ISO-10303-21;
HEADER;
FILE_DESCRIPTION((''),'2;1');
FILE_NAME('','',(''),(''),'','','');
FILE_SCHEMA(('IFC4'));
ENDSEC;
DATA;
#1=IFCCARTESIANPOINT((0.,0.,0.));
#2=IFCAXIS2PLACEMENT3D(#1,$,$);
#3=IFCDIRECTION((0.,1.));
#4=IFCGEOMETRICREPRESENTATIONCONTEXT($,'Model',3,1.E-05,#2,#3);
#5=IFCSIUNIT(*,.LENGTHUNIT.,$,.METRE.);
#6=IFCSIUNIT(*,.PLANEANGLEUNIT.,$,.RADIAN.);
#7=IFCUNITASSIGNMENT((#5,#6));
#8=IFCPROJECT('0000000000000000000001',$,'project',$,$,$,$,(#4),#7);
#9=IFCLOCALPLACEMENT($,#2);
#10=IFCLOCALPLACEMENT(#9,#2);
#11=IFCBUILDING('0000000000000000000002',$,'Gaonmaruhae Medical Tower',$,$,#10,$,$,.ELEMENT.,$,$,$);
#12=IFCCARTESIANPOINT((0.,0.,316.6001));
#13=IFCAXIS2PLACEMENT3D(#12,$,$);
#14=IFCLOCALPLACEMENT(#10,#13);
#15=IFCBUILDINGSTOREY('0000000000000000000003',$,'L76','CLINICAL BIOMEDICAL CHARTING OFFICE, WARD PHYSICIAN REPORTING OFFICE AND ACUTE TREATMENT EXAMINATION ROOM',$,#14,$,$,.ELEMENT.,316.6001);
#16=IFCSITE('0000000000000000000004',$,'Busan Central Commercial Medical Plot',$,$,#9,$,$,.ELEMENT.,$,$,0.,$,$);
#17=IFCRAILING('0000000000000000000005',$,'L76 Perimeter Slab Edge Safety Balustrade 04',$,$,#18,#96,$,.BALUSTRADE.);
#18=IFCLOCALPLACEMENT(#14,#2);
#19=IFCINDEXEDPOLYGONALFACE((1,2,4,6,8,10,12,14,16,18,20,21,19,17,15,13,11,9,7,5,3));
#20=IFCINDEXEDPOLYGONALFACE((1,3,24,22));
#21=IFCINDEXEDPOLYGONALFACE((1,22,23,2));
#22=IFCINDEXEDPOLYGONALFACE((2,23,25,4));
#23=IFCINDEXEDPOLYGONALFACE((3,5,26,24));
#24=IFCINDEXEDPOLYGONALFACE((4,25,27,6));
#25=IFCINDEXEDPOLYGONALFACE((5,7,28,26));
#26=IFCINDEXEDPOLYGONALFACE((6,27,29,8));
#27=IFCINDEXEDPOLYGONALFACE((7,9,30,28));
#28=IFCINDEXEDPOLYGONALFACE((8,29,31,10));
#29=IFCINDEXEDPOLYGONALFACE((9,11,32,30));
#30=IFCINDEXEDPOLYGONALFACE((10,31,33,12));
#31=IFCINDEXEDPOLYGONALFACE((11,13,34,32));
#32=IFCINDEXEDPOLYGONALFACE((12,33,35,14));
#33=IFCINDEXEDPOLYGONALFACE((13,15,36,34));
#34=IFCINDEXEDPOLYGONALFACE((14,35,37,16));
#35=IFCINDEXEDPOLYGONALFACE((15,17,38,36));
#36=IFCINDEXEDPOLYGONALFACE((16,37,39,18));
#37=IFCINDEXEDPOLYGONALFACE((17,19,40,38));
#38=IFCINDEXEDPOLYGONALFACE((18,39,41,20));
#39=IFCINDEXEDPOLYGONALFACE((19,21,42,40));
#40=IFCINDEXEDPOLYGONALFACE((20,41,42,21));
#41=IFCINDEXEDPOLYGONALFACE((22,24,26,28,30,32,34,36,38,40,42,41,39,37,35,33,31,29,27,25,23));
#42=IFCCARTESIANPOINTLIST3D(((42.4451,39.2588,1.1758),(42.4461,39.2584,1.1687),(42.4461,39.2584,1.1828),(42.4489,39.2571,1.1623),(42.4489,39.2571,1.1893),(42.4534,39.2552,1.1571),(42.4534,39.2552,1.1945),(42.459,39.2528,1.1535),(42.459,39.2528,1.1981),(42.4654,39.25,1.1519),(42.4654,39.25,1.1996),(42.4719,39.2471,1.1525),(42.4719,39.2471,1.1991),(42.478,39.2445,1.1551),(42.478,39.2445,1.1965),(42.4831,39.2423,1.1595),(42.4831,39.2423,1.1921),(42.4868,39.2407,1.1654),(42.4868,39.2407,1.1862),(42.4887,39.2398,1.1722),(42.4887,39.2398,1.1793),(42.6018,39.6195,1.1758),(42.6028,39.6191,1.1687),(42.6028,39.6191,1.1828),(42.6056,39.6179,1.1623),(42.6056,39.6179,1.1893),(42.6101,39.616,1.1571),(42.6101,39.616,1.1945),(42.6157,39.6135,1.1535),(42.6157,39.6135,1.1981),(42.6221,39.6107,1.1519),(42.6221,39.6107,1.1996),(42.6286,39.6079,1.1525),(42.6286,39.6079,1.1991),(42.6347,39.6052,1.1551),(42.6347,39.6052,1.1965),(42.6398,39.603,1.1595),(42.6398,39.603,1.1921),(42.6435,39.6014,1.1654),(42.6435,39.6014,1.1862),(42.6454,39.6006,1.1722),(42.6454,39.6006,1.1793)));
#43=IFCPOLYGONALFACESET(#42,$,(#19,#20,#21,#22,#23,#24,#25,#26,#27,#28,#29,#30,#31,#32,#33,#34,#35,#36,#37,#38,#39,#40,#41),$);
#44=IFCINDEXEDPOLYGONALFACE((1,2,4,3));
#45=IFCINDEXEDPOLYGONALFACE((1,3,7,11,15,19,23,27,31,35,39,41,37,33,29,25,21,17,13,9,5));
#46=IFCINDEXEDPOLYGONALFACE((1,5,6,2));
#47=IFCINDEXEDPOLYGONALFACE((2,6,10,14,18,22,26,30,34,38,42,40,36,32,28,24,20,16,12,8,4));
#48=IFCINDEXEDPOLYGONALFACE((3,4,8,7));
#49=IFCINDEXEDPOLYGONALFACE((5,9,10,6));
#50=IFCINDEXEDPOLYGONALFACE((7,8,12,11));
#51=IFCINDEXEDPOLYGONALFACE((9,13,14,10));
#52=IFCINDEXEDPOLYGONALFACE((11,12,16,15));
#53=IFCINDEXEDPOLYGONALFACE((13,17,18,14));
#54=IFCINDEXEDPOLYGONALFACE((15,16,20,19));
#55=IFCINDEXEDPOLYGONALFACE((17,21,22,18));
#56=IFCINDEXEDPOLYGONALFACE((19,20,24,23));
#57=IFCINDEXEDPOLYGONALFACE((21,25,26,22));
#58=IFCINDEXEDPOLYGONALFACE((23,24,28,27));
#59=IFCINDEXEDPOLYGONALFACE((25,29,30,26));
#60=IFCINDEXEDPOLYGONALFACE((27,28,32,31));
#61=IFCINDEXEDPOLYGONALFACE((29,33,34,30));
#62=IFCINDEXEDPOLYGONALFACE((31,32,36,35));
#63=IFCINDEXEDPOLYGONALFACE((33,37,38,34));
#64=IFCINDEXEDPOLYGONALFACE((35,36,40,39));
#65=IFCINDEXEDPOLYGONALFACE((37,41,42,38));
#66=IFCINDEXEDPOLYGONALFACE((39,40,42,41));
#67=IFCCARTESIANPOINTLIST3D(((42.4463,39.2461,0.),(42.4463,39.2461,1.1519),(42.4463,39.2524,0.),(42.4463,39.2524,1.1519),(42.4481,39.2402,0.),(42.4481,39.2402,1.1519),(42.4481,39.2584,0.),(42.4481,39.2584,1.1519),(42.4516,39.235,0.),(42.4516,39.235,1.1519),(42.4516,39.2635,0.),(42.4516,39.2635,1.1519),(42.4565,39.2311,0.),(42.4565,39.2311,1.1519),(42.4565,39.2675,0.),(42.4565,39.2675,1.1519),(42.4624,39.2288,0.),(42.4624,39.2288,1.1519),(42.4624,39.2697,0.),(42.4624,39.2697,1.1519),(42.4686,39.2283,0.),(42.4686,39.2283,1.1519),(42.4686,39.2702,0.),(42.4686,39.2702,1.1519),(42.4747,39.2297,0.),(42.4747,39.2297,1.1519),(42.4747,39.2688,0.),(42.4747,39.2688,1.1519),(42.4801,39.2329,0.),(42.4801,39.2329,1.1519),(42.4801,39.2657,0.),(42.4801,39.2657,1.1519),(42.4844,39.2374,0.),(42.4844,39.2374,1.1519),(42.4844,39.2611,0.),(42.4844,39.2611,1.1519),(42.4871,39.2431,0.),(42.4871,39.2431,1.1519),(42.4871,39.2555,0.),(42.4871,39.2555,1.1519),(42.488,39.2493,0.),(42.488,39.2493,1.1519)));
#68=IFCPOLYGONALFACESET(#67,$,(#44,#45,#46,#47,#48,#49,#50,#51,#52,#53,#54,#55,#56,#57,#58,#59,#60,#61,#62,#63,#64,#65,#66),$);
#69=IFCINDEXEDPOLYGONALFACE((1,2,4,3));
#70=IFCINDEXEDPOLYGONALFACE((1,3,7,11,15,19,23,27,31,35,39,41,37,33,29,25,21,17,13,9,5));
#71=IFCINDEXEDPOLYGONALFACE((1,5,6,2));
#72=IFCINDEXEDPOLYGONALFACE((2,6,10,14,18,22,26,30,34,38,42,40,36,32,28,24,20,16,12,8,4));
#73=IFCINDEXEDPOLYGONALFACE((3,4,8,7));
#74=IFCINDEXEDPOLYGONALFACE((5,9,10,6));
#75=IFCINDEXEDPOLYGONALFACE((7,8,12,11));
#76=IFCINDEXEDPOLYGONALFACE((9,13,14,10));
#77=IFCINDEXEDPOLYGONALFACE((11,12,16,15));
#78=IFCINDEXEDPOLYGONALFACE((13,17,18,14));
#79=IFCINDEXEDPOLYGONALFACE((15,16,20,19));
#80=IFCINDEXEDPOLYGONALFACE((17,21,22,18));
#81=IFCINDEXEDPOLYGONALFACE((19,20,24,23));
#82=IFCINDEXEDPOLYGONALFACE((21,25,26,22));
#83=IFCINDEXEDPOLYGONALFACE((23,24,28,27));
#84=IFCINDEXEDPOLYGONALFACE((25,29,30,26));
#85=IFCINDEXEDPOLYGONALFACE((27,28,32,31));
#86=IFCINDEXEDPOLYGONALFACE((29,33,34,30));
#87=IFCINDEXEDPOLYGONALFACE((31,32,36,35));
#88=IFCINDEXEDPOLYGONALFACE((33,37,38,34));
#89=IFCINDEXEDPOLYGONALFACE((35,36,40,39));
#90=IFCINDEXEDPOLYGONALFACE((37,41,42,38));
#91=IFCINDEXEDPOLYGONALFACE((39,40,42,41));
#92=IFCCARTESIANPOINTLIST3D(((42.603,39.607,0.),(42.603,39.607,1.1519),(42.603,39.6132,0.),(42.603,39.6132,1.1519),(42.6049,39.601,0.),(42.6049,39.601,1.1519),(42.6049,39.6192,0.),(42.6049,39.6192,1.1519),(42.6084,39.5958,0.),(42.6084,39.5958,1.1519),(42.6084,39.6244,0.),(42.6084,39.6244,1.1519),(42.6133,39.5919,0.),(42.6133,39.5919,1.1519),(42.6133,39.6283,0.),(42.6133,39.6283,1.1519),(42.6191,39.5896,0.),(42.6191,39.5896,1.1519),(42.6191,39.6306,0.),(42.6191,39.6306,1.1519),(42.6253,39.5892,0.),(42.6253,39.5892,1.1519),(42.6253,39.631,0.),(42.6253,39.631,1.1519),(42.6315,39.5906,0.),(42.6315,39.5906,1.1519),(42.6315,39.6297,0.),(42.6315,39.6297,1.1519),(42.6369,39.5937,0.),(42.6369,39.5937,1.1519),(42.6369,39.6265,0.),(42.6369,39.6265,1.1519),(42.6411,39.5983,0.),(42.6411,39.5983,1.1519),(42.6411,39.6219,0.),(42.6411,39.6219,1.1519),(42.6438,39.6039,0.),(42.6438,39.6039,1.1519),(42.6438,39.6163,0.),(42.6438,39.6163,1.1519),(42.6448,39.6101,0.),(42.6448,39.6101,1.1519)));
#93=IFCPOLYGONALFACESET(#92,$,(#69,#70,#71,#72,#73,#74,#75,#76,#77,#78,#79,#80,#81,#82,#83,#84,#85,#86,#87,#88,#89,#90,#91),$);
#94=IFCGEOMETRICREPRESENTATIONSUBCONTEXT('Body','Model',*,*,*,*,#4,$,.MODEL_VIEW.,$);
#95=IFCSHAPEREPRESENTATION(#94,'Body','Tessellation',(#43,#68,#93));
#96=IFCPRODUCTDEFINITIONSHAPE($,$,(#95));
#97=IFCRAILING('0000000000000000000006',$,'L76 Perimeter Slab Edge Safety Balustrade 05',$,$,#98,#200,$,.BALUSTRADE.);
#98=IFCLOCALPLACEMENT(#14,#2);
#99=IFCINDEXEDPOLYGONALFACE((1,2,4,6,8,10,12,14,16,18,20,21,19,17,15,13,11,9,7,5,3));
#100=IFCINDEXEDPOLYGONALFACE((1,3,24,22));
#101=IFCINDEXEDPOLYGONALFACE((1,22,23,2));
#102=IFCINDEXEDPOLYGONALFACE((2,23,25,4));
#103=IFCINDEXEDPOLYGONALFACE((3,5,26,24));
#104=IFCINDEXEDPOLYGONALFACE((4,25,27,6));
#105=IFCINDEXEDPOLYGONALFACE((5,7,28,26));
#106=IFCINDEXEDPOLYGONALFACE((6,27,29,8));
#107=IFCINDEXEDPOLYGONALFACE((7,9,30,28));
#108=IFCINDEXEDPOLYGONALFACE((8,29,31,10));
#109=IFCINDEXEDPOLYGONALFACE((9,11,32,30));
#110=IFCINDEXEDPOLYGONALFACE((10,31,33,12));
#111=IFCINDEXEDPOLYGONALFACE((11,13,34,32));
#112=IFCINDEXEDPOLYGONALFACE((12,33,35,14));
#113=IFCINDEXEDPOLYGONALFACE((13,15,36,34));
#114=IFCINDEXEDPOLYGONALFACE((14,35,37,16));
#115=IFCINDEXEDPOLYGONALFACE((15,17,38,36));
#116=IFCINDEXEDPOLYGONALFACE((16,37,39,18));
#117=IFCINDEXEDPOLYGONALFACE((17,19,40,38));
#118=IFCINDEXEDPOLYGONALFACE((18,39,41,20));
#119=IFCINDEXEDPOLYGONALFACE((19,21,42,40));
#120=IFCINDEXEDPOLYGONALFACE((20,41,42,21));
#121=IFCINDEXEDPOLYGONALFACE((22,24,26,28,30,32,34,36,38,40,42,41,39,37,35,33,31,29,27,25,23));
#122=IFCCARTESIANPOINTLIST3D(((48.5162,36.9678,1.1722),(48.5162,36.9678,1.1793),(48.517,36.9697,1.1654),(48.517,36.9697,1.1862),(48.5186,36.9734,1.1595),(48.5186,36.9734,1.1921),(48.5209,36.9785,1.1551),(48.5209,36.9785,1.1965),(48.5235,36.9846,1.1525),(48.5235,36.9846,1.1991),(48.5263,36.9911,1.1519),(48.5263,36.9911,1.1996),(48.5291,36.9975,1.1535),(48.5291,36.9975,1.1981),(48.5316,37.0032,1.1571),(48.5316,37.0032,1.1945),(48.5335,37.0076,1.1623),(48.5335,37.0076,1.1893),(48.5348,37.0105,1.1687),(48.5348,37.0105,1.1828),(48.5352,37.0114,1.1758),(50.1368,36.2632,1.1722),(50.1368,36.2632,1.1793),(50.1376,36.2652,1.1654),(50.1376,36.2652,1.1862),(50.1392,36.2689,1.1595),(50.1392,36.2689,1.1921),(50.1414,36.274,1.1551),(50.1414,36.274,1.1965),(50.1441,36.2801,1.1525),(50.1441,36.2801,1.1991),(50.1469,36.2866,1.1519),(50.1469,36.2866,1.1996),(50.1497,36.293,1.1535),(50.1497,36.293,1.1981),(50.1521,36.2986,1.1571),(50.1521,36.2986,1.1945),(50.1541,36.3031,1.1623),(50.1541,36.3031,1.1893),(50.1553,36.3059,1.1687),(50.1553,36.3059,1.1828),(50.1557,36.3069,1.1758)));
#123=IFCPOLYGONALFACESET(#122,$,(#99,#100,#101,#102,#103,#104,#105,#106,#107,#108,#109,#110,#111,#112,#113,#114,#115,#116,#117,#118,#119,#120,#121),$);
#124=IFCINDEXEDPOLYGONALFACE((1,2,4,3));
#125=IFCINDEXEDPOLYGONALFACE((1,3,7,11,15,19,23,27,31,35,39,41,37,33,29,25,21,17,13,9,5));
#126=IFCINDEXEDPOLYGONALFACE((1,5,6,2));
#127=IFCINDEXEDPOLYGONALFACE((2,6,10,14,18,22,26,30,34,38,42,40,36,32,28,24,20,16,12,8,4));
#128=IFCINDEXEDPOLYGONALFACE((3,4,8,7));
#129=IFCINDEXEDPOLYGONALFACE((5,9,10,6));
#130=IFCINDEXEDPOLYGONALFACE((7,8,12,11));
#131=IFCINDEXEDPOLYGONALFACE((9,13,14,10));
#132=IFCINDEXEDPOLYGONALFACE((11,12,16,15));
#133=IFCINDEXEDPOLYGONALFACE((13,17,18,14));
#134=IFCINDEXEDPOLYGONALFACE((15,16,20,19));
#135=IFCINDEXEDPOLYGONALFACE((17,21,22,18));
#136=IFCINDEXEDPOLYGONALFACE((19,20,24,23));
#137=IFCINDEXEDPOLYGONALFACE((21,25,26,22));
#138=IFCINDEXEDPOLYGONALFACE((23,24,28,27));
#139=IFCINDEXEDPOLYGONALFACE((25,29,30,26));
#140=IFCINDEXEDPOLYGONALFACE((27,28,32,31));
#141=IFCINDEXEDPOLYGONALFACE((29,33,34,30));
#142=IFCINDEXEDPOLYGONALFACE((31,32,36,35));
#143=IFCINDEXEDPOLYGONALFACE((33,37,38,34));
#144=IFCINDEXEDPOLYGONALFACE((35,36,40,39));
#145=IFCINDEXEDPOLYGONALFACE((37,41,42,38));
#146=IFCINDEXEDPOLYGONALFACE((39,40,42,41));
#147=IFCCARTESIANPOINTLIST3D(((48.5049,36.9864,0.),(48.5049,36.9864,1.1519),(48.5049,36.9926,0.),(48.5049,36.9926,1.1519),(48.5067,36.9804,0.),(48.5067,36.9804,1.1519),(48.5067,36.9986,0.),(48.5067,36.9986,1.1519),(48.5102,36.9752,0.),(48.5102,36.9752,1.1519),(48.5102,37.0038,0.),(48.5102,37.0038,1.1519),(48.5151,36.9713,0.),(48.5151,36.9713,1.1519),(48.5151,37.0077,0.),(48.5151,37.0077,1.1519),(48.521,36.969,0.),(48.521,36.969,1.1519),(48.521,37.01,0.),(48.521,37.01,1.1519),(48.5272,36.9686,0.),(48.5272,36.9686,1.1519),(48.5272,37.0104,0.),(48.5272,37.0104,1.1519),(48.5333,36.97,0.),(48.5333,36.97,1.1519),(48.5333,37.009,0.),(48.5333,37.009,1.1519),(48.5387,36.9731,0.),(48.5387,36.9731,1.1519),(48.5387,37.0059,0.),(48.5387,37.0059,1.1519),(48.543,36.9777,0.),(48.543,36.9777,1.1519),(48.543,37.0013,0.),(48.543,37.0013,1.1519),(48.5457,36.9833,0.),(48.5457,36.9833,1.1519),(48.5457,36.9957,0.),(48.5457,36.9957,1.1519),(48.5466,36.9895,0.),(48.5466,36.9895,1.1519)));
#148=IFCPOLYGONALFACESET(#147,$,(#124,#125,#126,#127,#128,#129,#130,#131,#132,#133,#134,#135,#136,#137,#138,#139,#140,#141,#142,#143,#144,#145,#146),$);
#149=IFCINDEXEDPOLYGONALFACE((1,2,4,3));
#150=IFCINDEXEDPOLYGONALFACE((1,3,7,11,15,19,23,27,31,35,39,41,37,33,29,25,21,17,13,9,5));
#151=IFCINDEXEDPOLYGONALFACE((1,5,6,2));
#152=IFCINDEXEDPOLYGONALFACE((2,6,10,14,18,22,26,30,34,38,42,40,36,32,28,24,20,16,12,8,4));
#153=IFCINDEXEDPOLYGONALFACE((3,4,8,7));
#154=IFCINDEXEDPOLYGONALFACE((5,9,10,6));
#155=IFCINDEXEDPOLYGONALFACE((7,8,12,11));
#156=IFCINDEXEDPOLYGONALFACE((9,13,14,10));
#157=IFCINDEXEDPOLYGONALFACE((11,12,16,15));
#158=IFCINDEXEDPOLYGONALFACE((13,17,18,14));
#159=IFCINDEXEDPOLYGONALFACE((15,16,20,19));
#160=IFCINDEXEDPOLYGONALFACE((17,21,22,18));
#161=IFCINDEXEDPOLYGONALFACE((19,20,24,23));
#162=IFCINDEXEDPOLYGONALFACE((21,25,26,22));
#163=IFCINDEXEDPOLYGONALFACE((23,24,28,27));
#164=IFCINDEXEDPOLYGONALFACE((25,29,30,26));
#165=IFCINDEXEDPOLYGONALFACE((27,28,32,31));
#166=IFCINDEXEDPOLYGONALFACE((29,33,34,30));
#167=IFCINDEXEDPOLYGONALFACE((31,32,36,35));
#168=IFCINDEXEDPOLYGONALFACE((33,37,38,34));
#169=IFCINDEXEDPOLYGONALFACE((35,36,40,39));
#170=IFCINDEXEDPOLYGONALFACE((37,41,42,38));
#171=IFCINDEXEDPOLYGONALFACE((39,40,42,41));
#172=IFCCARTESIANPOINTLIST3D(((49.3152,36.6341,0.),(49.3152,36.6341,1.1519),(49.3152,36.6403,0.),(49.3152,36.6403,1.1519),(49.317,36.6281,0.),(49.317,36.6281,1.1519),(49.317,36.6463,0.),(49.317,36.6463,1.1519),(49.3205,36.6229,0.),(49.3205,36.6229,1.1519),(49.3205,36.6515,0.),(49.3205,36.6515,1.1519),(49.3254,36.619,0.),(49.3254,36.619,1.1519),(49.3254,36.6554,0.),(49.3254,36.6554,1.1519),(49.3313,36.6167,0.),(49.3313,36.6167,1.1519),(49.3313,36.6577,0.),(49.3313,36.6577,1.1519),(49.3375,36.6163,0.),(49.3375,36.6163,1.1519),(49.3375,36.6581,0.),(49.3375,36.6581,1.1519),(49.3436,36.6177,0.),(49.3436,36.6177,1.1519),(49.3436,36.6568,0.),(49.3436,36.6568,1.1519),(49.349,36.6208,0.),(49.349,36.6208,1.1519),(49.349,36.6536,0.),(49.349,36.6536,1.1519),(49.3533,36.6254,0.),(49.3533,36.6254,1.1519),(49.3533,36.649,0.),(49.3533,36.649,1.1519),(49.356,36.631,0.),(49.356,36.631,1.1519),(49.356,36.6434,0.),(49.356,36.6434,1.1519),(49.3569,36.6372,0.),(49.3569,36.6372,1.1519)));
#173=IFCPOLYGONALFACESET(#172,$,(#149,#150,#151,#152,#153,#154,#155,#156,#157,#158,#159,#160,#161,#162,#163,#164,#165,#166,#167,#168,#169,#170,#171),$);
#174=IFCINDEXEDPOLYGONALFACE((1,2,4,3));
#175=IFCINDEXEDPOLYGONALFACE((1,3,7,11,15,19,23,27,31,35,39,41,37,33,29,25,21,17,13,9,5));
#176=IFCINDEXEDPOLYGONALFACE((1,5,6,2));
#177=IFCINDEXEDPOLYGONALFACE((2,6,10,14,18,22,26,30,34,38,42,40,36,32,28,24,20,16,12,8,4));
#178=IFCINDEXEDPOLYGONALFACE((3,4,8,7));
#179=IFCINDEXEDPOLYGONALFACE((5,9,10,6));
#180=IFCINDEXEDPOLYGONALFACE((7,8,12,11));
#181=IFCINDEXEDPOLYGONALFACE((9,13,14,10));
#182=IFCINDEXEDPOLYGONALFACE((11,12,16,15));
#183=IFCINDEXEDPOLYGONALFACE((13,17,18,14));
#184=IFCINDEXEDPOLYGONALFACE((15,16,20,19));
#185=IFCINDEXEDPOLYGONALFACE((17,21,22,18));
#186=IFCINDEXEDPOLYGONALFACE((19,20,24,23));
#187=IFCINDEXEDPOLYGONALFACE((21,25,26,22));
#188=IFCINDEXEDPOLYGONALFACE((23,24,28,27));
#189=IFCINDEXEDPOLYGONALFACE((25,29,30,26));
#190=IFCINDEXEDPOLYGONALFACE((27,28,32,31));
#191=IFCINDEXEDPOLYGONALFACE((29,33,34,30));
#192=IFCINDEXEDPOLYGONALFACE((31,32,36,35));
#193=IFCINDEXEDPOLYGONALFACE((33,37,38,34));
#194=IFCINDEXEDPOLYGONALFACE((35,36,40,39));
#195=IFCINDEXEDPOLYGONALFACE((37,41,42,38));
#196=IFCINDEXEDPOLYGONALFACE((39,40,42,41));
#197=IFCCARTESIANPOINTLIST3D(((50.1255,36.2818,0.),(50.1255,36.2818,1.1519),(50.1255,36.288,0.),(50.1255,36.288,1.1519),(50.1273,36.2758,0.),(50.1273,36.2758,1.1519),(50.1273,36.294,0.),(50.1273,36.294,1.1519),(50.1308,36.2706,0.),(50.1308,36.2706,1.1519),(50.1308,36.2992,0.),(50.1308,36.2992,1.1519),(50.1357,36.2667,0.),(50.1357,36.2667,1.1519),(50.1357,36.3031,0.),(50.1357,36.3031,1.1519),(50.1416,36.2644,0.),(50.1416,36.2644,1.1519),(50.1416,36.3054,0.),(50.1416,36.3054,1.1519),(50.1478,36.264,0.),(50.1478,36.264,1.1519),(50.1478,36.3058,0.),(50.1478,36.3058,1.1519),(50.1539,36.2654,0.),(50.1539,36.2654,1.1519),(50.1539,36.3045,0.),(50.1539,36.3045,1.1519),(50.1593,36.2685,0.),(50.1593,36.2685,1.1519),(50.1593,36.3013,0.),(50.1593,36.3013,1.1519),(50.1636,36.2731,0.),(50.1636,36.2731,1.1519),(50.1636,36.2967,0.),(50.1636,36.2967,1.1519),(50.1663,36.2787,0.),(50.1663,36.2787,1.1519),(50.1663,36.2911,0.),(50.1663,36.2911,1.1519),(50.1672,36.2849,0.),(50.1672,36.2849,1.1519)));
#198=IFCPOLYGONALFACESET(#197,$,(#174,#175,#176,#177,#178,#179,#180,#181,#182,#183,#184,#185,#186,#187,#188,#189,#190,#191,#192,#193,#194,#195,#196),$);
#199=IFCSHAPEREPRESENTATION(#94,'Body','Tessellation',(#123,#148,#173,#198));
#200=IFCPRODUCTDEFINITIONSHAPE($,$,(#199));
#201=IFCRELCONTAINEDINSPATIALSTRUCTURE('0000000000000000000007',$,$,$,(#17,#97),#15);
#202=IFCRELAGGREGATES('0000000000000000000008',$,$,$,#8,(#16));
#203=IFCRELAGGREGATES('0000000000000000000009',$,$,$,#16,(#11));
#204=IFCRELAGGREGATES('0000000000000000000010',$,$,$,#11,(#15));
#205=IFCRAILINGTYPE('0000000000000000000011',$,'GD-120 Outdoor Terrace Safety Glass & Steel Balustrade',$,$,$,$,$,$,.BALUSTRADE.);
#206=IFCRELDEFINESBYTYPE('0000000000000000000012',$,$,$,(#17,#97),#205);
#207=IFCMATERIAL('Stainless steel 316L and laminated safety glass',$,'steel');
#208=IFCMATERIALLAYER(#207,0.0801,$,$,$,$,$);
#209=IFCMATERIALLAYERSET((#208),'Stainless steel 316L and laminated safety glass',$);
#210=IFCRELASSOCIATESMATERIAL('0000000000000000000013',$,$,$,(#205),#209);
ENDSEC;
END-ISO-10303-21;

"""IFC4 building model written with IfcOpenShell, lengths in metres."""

from ifc_helpers import new_model, si_unit, direction, frame, origin, origin_2d, place, context, subcontext, project, spatial, circle, extrude, material, layer, layer_set, type_object, element, save


model = new_model("IFC4")

# Units and contexts
model_context = context("Model", 3, precision=1e-05, world=origin(), true_north=direction((0.0, 1.0)))
body_context = subcontext(model_context, "Body", "Model", "MODEL_VIEW")
ifc_project = project(units=[si_unit("LENGTHUNIT", "METRE"), si_unit("PLANEANGLEUNIT", "RADIAN")], contexts=[model_context])

# Site, building, storey
site_placement = place(None, origin())
site = spatial("IfcSite", under=ifc_project, at=site_placement, Name="Busan Central Commercial Medical Plot", CompositionType="ELEMENT", RefElevation=0.0)
building_placement = place(site_placement, origin())
building = spatial("IfcBuilding", under=site, at=building_placement, Name="Gaonmaruhae Medical Tower", CompositionType="ELEMENT")
storey_placement = place(building_placement, frame((0.0, 0.0, 316.6001)))
storey = spatial("IfcBuildingStorey", under=building, at=storey_placement, Name="L76", Description="CLINICAL BIOMEDICAL CHARTING OFFICE, WARD PHYSICIAN REPORTING OFFICE AND ACUTE TREATMENT EXAMINATION ROOM", CompositionType="ELEMENT", Elevation=316.6001)

# Railings
ifc_material_1 = material(Name="Stainless steel 316L and laminated safety glass", Category="steel")
ifc_layer_1 = layer(ifc_material_1, 0.0801)
ifc_layer_set_1 = layer_set([ifc_layer_1], Name="Stainless steel 316L and laminated safety glass")
railing_type = type_object("IfcRailingType", Name="GD-120 Outdoor Terrace Safety Glass & Steel Balustrade", PredefinedType="BALUSTRADE", material=ifc_layer_set_1)
railing_1_placement = place(storey_placement, frame((42.467, 39.2493, 0.0)))
element("IfcRailing", 1, at=railing_1_placement, inside=storey, type_object=railing_type, Name="L76 Perimeter Slab Edge Safety Balustrade 04", PredefinedType="BALUSTRADE", context=body_context, shape_type="SweptSolid", body=[
    extrude(circle(Radius=0.0239, at=origin_2d()), frame((0.0, 0.0, 1.1758), z_axis=(0.398408, 0.917208, 0.0), x_axis=(-0.917208, 0.398408, 0.0)), (0.0, 0.0, 1.0), 0.3933),
    extrude(circle(Radius=0.021, at=origin_2d()), origin(), (0.0, 0.0, 1.0), 1.1519),
    extrude(circle(Radius=0.021, at=origin_2d()), frame((0.1567, 0.3608, 0.0)), (0.0, 0.0, 1.0), 1.1519),
])
railing_2_placement = place(storey_placement, frame((48.5256, 36.9895, 0.0)))
element("IfcRailing", 2, at=railing_2_placement, inside=storey, type_object=railing_type, Name="L76 Perimeter Slab Edge Safety Balustrade 05", PredefinedType="BALUSTRADE", context=body_context, shape_type="SweptSolid", body=[
    extrude(circle(Radius=0.0239, at=origin_2d()), frame((0.0, 0.0, 1.1758), z_axis=(0.917074, -0.398716, 0.0), x_axis=(0.398716, 0.917074, 0.0)), (0.0, 0.0, 1.0), 1.7671),
    extrude(circle(Radius=0.021, at=origin_2d()), origin(), (0.0, 0.0, 1.0), 1.1519),
    extrude(circle(Radius=0.021, at=origin_2d()), frame((0.8103, -0.3523, 0.0)), (0.0, 0.0, 1.0), 1.1519),
    extrude(circle(Radius=0.021, at=origin_2d()), frame((1.6206, -0.7046, 0.0)), (0.0, 0.0, 1.0), 1.1519),
])

save(model, "model.ifc")
